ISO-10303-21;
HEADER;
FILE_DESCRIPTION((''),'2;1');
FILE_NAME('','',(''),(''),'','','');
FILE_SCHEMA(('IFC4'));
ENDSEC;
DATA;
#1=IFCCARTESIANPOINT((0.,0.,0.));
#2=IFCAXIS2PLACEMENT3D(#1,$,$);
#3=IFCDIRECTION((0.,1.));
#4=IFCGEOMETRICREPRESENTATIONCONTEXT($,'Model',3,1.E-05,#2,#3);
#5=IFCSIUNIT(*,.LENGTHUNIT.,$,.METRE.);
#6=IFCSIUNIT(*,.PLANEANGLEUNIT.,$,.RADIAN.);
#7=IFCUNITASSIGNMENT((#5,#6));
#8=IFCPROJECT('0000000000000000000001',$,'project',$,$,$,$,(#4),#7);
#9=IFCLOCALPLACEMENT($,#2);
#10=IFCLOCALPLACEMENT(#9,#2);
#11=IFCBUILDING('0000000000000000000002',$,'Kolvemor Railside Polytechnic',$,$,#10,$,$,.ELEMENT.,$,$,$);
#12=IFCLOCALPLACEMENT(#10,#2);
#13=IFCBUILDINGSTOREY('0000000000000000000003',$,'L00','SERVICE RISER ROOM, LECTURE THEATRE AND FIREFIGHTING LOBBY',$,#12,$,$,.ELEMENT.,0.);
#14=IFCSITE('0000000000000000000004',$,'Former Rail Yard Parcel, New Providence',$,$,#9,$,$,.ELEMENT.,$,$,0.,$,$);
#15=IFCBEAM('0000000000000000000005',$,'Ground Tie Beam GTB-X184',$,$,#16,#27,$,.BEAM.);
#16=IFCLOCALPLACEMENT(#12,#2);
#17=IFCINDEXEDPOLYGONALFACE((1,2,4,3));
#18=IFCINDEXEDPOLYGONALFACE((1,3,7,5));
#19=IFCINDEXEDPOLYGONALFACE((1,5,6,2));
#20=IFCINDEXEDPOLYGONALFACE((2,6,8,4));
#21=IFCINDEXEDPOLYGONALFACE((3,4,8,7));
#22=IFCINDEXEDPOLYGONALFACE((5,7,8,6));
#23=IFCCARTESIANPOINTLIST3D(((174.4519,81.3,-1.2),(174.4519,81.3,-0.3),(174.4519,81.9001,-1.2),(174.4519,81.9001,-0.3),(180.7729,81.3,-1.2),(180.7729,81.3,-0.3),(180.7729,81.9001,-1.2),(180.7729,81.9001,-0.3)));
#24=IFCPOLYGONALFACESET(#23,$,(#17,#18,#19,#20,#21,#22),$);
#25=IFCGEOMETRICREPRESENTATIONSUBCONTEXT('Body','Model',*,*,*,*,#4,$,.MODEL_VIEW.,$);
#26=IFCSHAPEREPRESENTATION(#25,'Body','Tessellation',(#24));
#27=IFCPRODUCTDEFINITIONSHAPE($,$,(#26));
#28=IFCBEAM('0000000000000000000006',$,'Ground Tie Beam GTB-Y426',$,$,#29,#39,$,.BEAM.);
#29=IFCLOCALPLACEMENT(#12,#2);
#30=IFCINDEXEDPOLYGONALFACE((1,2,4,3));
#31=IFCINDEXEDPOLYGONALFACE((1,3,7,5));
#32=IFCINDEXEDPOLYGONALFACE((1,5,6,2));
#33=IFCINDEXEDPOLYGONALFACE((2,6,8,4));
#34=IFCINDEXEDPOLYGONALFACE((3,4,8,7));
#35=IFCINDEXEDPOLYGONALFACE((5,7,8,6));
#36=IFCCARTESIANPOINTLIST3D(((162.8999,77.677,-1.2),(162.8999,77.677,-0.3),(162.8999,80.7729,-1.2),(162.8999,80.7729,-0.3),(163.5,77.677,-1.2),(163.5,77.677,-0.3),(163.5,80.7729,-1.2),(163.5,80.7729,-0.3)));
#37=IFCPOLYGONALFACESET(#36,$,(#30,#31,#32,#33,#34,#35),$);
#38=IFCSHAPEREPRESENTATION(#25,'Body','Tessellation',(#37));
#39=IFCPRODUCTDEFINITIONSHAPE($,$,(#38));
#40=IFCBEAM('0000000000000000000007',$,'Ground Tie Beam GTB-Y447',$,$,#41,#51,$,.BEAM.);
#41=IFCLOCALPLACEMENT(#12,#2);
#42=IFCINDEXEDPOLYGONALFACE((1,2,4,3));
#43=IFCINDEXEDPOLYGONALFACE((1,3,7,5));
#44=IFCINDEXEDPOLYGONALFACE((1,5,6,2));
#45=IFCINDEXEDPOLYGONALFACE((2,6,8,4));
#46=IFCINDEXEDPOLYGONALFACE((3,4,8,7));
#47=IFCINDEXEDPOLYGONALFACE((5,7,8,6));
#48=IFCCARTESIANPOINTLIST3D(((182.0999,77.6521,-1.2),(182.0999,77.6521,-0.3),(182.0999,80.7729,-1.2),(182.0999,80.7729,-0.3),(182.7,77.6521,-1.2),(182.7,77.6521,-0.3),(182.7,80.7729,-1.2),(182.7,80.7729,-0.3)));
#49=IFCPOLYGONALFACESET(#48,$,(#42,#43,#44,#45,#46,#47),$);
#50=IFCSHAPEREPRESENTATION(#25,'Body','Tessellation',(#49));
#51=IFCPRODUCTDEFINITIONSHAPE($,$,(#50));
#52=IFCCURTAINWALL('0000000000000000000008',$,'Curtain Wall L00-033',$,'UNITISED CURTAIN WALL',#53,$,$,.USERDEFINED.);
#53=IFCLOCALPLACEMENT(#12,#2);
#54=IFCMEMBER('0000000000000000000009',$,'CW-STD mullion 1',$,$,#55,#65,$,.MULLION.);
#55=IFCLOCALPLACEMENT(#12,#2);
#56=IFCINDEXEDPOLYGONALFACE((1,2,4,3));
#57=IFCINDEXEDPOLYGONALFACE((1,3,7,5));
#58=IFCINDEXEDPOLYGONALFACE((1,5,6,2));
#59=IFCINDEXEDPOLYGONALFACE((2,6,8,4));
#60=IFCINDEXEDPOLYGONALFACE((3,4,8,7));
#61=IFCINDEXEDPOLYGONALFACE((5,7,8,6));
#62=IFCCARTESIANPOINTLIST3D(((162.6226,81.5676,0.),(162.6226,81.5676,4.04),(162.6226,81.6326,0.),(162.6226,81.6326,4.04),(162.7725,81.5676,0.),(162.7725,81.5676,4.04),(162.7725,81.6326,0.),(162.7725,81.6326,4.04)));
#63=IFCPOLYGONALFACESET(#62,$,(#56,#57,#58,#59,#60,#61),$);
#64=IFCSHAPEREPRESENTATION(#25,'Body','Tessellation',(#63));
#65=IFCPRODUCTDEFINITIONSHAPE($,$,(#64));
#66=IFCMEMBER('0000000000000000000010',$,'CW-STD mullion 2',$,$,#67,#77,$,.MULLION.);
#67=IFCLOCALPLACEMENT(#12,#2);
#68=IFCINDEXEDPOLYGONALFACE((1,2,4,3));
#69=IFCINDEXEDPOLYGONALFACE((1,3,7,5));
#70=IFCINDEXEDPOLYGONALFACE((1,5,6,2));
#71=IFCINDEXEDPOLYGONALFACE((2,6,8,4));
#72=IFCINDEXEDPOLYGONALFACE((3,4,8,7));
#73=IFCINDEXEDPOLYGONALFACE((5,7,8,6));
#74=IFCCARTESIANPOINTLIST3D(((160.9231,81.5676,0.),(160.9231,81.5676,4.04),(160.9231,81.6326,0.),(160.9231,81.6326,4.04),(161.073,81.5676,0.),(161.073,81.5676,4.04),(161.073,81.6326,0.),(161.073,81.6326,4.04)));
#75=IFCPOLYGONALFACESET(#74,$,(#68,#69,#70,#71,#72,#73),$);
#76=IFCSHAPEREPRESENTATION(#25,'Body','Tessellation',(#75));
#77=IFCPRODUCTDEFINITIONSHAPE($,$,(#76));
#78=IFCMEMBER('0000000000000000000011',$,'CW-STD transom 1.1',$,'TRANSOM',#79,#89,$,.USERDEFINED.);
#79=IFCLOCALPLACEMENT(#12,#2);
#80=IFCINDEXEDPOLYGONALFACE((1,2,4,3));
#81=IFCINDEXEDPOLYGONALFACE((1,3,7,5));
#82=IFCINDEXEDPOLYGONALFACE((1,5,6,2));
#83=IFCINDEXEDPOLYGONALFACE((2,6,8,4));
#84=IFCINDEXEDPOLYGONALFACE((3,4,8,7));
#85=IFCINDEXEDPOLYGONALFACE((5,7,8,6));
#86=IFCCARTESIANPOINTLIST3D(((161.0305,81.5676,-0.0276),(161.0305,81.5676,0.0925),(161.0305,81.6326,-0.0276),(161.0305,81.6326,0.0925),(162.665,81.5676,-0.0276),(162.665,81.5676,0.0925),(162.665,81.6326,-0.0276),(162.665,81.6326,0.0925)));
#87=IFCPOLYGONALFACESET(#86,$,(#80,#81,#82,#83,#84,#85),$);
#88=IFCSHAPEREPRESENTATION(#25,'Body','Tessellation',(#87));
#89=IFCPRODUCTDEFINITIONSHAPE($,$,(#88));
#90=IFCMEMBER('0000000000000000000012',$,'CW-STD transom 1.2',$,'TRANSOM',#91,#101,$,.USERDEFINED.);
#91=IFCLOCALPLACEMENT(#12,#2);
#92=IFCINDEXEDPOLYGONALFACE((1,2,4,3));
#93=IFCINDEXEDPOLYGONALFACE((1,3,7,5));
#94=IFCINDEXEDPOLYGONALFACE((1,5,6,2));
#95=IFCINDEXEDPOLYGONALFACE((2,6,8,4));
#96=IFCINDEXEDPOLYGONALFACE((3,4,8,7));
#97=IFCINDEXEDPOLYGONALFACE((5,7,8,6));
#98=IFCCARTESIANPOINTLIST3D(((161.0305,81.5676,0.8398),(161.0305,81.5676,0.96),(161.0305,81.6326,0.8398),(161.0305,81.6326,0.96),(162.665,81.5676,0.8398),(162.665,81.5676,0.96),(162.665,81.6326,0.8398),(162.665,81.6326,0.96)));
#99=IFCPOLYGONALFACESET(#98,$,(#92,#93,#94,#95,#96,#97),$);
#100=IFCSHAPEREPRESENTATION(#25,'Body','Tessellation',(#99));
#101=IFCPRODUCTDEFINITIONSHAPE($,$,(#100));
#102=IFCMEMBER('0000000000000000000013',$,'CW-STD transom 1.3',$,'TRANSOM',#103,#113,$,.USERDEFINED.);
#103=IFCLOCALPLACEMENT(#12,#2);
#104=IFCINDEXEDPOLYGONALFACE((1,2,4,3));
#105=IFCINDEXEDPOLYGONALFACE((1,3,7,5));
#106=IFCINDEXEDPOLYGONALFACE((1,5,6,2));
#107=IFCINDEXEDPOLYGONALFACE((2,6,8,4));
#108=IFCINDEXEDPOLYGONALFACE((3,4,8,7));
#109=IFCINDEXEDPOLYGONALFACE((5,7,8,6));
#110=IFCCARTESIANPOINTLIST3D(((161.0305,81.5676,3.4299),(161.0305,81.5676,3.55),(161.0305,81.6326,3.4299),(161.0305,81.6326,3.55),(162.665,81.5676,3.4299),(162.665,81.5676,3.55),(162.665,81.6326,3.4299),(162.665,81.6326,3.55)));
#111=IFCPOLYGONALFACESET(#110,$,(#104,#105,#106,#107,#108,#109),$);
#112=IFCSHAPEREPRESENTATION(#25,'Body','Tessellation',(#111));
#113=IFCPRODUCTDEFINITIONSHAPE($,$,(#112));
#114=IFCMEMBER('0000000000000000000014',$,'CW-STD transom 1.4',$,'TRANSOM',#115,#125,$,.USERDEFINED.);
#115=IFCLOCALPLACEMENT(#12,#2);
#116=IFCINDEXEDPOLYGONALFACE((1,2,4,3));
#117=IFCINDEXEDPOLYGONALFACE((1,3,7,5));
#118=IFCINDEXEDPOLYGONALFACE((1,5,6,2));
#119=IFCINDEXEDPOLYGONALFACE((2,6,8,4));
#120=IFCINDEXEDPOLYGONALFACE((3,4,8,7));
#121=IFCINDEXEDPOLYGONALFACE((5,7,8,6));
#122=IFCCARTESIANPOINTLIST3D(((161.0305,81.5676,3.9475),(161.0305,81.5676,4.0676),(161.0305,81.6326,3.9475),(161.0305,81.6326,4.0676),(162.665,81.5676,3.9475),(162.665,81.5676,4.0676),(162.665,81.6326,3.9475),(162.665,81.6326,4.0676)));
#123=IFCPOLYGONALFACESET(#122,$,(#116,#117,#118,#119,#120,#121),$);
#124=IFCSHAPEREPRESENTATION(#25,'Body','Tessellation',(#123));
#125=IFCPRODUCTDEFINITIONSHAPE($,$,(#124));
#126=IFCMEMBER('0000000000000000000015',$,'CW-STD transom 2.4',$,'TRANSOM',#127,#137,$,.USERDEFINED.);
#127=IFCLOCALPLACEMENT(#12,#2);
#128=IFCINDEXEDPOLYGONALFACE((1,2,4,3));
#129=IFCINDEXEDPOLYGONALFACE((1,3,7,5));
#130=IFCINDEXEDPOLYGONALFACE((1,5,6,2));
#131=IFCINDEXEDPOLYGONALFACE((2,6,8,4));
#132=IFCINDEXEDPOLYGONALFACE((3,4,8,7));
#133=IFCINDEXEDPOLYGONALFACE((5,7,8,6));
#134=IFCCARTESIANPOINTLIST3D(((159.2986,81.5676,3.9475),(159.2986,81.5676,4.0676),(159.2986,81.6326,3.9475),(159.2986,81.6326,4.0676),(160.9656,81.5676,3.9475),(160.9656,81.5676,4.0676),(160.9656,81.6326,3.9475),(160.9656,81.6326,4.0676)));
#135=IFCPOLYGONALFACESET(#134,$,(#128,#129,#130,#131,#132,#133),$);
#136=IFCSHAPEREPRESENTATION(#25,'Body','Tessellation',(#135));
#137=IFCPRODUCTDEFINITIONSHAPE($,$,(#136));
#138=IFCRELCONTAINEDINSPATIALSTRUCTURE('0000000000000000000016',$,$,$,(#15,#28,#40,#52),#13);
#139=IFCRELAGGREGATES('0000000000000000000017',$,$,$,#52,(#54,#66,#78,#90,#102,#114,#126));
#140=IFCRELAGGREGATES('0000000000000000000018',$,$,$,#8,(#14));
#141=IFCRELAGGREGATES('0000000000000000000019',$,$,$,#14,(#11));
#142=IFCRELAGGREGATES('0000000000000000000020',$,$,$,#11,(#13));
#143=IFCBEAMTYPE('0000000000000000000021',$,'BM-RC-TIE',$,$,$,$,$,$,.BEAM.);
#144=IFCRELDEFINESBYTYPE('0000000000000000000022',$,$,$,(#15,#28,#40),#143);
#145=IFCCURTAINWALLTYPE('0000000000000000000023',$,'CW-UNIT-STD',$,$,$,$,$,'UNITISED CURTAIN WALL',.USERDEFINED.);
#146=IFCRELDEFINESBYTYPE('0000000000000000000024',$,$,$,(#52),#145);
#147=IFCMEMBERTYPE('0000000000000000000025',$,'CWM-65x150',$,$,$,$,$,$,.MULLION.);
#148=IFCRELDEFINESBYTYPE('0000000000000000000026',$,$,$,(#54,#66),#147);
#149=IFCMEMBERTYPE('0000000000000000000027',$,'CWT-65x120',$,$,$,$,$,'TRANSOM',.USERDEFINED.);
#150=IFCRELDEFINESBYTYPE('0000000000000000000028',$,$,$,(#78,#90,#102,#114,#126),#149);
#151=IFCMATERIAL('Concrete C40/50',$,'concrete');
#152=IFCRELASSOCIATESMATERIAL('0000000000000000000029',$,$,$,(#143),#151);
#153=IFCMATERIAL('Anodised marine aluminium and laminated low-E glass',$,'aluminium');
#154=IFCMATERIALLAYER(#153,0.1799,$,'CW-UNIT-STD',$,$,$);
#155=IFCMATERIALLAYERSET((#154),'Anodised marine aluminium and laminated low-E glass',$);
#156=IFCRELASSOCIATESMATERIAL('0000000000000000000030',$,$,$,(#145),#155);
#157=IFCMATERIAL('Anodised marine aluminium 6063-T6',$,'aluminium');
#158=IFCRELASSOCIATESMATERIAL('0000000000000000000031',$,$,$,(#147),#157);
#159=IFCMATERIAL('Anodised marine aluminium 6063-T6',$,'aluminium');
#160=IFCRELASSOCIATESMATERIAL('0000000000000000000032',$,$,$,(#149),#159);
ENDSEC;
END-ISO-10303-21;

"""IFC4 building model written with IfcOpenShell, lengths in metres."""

from ifc_helpers import new_model, si_unit, direction, frame, origin, origin_2d, place, context, subcontext, project, spatial, rectangle, extrude, material, layer, layer_set, material_profile, profile_set, type_object, element, aggregate, save


model = new_model("IFC4")

# Units and contexts
model_context = context("Model", 3, precision=1e-05, world=origin(), true_north=direction((0.0, 1.0)))
body_context = subcontext(model_context, "Body", "Model", "MODEL_VIEW")
ifc_project = project(units=[si_unit("LENGTHUNIT", "METRE"), si_unit("PLANEANGLEUNIT", "RADIAN")], contexts=[model_context])

# Site, building, storey
site_placement = place(None, origin())
site = spatial("IfcSite", under=ifc_project, at=site_placement, Name="Former Rail Yard Parcel, New Providence", CompositionType="ELEMENT", RefElevation=0.0)
building_placement = place(site_placement, origin())
building = spatial("IfcBuilding", under=site, at=building_placement, Name="Kolvemor Railside Polytechnic", CompositionType="ELEMENT")
storey_placement = place(building_placement, origin())
storey = spatial("IfcBuildingStorey", under=building, at=storey_placement, Name="L00", Description="SERVICE RISER ROOM, LECTURE THEATRE AND FIREFIGHTING LOBBY", CompositionType="ELEMENT", Elevation=0.0)

# Beams
ifc_material_1 = material(Name="Concrete C40/50", Category="concrete")
ifc_material_profile_1 = material_profile(ifc_material_1, rectangle(XDim=0.6001, YDim=0.8999, at=origin_2d()), Name="RC600x900")
ifc_profile_set_1 = profile_set([ifc_material_profile_1], Name="Concrete C40/50")
beam_type_1 = type_object("IfcBeamType", Name="BM-RC-TIE", PredefinedType="BEAM", material=ifc_profile_set_1)
beam_1_placement = place(storey_placement, frame((174.4519, 81.6001, -0.75), z_axis=(1.0, 0.0, 0.0), x_axis=(0.0, 1.0, 0.0)))
element("IfcBeam", 1, at=beam_1_placement, inside=storey, type_object=beam_type_1, Name="Ground Tie Beam GTB-X184", PredefinedType="BEAM", context=body_context, shape_type="SweptSolid", body=[
    extrude(rectangle(XDim=0.6001, YDim=0.8999, at=origin_2d()), origin(), (0.0, 0.0, 1.0), 6.321),
])
beam_2_placement = place(storey_placement, frame((163.2, 77.677, -0.75), z_axis=(0.0, 1.0, 0.0), x_axis=(-1.0, 0.0, 0.0)))
element("IfcBeam", 2, at=beam_2_placement, inside=storey, type_object=beam_type_1, Name="Ground Tie Beam GTB-Y426", PredefinedType="BEAM", context=body_context, shape_type="SweptSolid", body=[
    extrude(rectangle(XDim=0.6001, YDim=0.8999, at=origin_2d()), origin(), (0.0, 0.0, 1.0), 3.0959),
])
beam_3_placement = place(storey_placement, frame((182.3999, 77.6521, -0.75), z_axis=(0.0, 1.0, 0.0), x_axis=(-1.0, 0.0, 0.0)))
element("IfcBeam", 3, at=beam_3_placement, inside=storey, type_object=beam_type_1, Name="Ground Tie Beam GTB-Y447", PredefinedType="BEAM", context=body_context, shape_type="SweptSolid", body=[
    extrude(rectangle(XDim=0.6001, YDim=0.8999, at=origin_2d()), origin(), (0.0, 0.0, 1.0), 3.1208),
])

# Curtain wall, members
ifc_material_2 = material(Name="Anodised marine aluminium and laminated low-E glass", Category="aluminium")
ifc_layer_1 = layer(ifc_material_2, 0.1799, Name="CW-UNIT-STD")
ifc_layer_set_1 = layer_set([ifc_layer_1], Name="Anodised marine aluminium and laminated low-E glass")
curtain_wall_type = type_object("IfcCurtainWallType", Name="CW-UNIT-STD", ElementType="UNITISED CURTAIN WALL", PredefinedType="USERDEFINED", material=ifc_layer_set_1)
curtain_wall_placement = place(storey_placement, origin())
curtain_wall = element("IfcCurtainWall", 4, at=curtain_wall_placement, inside=storey, type_object=curtain_wall_type, Name="Curtain Wall L00-033", ObjectType="UNITISED CURTAIN WALL", PredefinedType="USERDEFINED")
ifc_material_3 = material(Name="Anodised marine aluminium 6063-T6", Category="aluminium")
ifc_material_profile_2 = material_profile(ifc_material_3, rectangle(XDim=0.0649, YDim=0.1499, at=origin_2d()), Name="CW-MUL-65x150")
ifc_profile_set_2 = profile_set([ifc_material_profile_2], Name="Anodised marine aluminium 6063-T6")
member_type_1 = type_object("IfcMemberType", Name="CWM-65x150", PredefinedType="MULLION", material=ifc_profile_set_2)
member_1_placement = place(storey_placement, frame((162.6975, 81.6001, 0.0), z_axis=(0.0, 0.0, 1.0), x_axis=(0.0, -1.0, 0.0)))
member_1 = element("IfcMember", 5, at=member_1_placement, type_object=member_type_1, Name="CW-STD mullion 1", PredefinedType="MULLION", context=body_context, shape_type="SweptSolid", body=[
    extrude(rectangle(XDim=0.0649, YDim=0.1499, at=origin_2d()), origin(), (0.0, 0.0, 1.0), 4.04),
])
member_2_placement = place(storey_placement, frame((160.998, 81.6001, 0.0), z_axis=(0.0, 0.0, 1.0), x_axis=(0.0, -1.0, 0.0)))
member_2 = element("IfcMember", 6, at=member_2_placement, type_object=member_type_1, Name="CW-STD mullion 2", PredefinedType="MULLION", context=body_context, shape_type="SweptSolid", body=[
    extrude(rectangle(XDim=0.0649, YDim=0.1499, at=origin_2d()), origin(), (0.0, 0.0, 1.0), 4.04),
])
ifc_material_4 = material(Name="Anodised marine aluminium 6063-T6", Category="aluminium")
ifc_material_profile_3 = material_profile(ifc_material_4, rectangle(XDim=0.0649, YDim=0.1201, at=origin_2d()), Name="CW-TRN-65x120")
ifc_profile_set_3 = profile_set([ifc_material_profile_3], Name="Anodised marine aluminium 6063-T6")
member_type_2 = type_object("IfcMemberType", Name="CWT-65x120", ElementType="TRANSOM", PredefinedType="USERDEFINED", material=ifc_profile_set_3)
member_3_placement = place(storey_placement, frame((162.665, 81.6001, 0.0325), z_axis=(-1.0, 0.0, 0.0), x_axis=(0.0, -1.0, 0.0)))
member_3 = element("IfcMember", 7, at=member_3_placement, type_object=member_type_2, Name="CW-STD transom 1.1", ObjectType="TRANSOM", PredefinedType="USERDEFINED", context=body_context, shape_type="SweptSolid", body=[
    extrude(rectangle(XDim=0.0649, YDim=0.1201, at=origin_2d()), origin(), (0.0, 0.0, 1.0), 1.6345),
])
member_4_placement = place(storey_placement, frame((162.665, 81.6001, 0.8999), z_axis=(-1.0, 0.0, 0.0), x_axis=(0.0, -1.0, 0.0)))
member_4 = element("IfcMember", 8, at=member_4_placement, type_object=member_type_2, Name="CW-STD transom 1.2", ObjectType="TRANSOM", PredefinedType="USERDEFINED", context=body_context, shape_type="SweptSolid", body=[
    extrude(rectangle(XDim=0.0649, YDim=0.1201, at=origin_2d()), origin(), (0.0, 0.0, 1.0), 1.6345),
])
member_5_placement = place(storey_placement, frame((162.665, 81.6001, 3.49), z_axis=(-1.0, 0.0, 0.0), x_axis=(0.0, -1.0, 0.0)))
member_5 = element("IfcMember", 9, at=member_5_placement, type_object=member_type_2, Name="CW-STD transom 1.3", ObjectType="TRANSOM", PredefinedType="USERDEFINED", context=body_context, shape_type="SweptSolid", body=[
    extrude(rectangle(XDim=0.0649, YDim=0.1201, at=origin_2d()), origin(), (0.0, 0.0, 1.0), 1.6345),
])
member_6_placement = place(storey_placement, frame((162.665, 81.6001, 4.0076), z_axis=(-1.0, 0.0, 0.0), x_axis=(0.0, -1.0, 0.0)))
member_6 = element("IfcMember", 10, at=member_6_placement, type_object=member_type_2, Name="CW-STD transom 1.4", ObjectType="TRANSOM", PredefinedType="USERDEFINED", context=body_context, shape_type="SweptSolid", body=[
    extrude(rectangle(XDim=0.0649, YDim=0.1201, at=origin_2d()), origin(), (0.0, 0.0, 1.0), 1.6345),
])
member_7_placement = place(storey_placement, frame((160.9656, 81.6001, 4.0076), z_axis=(-1.0, 0.0, 0.0), x_axis=(0.0, -1.0, 0.0)))
member_7 = element("IfcMember", 11, at=member_7_placement, type_object=member_type_2, Name="CW-STD transom 2.4", ObjectType="TRANSOM", PredefinedType="USERDEFINED", context=body_context, shape_type="SweptSolid", body=[
    extrude(rectangle(XDim=0.0649, YDim=0.1201, at=origin_2d()), origin(), (0.0, 0.0, 1.0), 1.667),
])

aggregate(curtain_wall, [member_1, member_2, member_3, member_4, member_5, member_6, member_7])

save(model, "model.ifc")
